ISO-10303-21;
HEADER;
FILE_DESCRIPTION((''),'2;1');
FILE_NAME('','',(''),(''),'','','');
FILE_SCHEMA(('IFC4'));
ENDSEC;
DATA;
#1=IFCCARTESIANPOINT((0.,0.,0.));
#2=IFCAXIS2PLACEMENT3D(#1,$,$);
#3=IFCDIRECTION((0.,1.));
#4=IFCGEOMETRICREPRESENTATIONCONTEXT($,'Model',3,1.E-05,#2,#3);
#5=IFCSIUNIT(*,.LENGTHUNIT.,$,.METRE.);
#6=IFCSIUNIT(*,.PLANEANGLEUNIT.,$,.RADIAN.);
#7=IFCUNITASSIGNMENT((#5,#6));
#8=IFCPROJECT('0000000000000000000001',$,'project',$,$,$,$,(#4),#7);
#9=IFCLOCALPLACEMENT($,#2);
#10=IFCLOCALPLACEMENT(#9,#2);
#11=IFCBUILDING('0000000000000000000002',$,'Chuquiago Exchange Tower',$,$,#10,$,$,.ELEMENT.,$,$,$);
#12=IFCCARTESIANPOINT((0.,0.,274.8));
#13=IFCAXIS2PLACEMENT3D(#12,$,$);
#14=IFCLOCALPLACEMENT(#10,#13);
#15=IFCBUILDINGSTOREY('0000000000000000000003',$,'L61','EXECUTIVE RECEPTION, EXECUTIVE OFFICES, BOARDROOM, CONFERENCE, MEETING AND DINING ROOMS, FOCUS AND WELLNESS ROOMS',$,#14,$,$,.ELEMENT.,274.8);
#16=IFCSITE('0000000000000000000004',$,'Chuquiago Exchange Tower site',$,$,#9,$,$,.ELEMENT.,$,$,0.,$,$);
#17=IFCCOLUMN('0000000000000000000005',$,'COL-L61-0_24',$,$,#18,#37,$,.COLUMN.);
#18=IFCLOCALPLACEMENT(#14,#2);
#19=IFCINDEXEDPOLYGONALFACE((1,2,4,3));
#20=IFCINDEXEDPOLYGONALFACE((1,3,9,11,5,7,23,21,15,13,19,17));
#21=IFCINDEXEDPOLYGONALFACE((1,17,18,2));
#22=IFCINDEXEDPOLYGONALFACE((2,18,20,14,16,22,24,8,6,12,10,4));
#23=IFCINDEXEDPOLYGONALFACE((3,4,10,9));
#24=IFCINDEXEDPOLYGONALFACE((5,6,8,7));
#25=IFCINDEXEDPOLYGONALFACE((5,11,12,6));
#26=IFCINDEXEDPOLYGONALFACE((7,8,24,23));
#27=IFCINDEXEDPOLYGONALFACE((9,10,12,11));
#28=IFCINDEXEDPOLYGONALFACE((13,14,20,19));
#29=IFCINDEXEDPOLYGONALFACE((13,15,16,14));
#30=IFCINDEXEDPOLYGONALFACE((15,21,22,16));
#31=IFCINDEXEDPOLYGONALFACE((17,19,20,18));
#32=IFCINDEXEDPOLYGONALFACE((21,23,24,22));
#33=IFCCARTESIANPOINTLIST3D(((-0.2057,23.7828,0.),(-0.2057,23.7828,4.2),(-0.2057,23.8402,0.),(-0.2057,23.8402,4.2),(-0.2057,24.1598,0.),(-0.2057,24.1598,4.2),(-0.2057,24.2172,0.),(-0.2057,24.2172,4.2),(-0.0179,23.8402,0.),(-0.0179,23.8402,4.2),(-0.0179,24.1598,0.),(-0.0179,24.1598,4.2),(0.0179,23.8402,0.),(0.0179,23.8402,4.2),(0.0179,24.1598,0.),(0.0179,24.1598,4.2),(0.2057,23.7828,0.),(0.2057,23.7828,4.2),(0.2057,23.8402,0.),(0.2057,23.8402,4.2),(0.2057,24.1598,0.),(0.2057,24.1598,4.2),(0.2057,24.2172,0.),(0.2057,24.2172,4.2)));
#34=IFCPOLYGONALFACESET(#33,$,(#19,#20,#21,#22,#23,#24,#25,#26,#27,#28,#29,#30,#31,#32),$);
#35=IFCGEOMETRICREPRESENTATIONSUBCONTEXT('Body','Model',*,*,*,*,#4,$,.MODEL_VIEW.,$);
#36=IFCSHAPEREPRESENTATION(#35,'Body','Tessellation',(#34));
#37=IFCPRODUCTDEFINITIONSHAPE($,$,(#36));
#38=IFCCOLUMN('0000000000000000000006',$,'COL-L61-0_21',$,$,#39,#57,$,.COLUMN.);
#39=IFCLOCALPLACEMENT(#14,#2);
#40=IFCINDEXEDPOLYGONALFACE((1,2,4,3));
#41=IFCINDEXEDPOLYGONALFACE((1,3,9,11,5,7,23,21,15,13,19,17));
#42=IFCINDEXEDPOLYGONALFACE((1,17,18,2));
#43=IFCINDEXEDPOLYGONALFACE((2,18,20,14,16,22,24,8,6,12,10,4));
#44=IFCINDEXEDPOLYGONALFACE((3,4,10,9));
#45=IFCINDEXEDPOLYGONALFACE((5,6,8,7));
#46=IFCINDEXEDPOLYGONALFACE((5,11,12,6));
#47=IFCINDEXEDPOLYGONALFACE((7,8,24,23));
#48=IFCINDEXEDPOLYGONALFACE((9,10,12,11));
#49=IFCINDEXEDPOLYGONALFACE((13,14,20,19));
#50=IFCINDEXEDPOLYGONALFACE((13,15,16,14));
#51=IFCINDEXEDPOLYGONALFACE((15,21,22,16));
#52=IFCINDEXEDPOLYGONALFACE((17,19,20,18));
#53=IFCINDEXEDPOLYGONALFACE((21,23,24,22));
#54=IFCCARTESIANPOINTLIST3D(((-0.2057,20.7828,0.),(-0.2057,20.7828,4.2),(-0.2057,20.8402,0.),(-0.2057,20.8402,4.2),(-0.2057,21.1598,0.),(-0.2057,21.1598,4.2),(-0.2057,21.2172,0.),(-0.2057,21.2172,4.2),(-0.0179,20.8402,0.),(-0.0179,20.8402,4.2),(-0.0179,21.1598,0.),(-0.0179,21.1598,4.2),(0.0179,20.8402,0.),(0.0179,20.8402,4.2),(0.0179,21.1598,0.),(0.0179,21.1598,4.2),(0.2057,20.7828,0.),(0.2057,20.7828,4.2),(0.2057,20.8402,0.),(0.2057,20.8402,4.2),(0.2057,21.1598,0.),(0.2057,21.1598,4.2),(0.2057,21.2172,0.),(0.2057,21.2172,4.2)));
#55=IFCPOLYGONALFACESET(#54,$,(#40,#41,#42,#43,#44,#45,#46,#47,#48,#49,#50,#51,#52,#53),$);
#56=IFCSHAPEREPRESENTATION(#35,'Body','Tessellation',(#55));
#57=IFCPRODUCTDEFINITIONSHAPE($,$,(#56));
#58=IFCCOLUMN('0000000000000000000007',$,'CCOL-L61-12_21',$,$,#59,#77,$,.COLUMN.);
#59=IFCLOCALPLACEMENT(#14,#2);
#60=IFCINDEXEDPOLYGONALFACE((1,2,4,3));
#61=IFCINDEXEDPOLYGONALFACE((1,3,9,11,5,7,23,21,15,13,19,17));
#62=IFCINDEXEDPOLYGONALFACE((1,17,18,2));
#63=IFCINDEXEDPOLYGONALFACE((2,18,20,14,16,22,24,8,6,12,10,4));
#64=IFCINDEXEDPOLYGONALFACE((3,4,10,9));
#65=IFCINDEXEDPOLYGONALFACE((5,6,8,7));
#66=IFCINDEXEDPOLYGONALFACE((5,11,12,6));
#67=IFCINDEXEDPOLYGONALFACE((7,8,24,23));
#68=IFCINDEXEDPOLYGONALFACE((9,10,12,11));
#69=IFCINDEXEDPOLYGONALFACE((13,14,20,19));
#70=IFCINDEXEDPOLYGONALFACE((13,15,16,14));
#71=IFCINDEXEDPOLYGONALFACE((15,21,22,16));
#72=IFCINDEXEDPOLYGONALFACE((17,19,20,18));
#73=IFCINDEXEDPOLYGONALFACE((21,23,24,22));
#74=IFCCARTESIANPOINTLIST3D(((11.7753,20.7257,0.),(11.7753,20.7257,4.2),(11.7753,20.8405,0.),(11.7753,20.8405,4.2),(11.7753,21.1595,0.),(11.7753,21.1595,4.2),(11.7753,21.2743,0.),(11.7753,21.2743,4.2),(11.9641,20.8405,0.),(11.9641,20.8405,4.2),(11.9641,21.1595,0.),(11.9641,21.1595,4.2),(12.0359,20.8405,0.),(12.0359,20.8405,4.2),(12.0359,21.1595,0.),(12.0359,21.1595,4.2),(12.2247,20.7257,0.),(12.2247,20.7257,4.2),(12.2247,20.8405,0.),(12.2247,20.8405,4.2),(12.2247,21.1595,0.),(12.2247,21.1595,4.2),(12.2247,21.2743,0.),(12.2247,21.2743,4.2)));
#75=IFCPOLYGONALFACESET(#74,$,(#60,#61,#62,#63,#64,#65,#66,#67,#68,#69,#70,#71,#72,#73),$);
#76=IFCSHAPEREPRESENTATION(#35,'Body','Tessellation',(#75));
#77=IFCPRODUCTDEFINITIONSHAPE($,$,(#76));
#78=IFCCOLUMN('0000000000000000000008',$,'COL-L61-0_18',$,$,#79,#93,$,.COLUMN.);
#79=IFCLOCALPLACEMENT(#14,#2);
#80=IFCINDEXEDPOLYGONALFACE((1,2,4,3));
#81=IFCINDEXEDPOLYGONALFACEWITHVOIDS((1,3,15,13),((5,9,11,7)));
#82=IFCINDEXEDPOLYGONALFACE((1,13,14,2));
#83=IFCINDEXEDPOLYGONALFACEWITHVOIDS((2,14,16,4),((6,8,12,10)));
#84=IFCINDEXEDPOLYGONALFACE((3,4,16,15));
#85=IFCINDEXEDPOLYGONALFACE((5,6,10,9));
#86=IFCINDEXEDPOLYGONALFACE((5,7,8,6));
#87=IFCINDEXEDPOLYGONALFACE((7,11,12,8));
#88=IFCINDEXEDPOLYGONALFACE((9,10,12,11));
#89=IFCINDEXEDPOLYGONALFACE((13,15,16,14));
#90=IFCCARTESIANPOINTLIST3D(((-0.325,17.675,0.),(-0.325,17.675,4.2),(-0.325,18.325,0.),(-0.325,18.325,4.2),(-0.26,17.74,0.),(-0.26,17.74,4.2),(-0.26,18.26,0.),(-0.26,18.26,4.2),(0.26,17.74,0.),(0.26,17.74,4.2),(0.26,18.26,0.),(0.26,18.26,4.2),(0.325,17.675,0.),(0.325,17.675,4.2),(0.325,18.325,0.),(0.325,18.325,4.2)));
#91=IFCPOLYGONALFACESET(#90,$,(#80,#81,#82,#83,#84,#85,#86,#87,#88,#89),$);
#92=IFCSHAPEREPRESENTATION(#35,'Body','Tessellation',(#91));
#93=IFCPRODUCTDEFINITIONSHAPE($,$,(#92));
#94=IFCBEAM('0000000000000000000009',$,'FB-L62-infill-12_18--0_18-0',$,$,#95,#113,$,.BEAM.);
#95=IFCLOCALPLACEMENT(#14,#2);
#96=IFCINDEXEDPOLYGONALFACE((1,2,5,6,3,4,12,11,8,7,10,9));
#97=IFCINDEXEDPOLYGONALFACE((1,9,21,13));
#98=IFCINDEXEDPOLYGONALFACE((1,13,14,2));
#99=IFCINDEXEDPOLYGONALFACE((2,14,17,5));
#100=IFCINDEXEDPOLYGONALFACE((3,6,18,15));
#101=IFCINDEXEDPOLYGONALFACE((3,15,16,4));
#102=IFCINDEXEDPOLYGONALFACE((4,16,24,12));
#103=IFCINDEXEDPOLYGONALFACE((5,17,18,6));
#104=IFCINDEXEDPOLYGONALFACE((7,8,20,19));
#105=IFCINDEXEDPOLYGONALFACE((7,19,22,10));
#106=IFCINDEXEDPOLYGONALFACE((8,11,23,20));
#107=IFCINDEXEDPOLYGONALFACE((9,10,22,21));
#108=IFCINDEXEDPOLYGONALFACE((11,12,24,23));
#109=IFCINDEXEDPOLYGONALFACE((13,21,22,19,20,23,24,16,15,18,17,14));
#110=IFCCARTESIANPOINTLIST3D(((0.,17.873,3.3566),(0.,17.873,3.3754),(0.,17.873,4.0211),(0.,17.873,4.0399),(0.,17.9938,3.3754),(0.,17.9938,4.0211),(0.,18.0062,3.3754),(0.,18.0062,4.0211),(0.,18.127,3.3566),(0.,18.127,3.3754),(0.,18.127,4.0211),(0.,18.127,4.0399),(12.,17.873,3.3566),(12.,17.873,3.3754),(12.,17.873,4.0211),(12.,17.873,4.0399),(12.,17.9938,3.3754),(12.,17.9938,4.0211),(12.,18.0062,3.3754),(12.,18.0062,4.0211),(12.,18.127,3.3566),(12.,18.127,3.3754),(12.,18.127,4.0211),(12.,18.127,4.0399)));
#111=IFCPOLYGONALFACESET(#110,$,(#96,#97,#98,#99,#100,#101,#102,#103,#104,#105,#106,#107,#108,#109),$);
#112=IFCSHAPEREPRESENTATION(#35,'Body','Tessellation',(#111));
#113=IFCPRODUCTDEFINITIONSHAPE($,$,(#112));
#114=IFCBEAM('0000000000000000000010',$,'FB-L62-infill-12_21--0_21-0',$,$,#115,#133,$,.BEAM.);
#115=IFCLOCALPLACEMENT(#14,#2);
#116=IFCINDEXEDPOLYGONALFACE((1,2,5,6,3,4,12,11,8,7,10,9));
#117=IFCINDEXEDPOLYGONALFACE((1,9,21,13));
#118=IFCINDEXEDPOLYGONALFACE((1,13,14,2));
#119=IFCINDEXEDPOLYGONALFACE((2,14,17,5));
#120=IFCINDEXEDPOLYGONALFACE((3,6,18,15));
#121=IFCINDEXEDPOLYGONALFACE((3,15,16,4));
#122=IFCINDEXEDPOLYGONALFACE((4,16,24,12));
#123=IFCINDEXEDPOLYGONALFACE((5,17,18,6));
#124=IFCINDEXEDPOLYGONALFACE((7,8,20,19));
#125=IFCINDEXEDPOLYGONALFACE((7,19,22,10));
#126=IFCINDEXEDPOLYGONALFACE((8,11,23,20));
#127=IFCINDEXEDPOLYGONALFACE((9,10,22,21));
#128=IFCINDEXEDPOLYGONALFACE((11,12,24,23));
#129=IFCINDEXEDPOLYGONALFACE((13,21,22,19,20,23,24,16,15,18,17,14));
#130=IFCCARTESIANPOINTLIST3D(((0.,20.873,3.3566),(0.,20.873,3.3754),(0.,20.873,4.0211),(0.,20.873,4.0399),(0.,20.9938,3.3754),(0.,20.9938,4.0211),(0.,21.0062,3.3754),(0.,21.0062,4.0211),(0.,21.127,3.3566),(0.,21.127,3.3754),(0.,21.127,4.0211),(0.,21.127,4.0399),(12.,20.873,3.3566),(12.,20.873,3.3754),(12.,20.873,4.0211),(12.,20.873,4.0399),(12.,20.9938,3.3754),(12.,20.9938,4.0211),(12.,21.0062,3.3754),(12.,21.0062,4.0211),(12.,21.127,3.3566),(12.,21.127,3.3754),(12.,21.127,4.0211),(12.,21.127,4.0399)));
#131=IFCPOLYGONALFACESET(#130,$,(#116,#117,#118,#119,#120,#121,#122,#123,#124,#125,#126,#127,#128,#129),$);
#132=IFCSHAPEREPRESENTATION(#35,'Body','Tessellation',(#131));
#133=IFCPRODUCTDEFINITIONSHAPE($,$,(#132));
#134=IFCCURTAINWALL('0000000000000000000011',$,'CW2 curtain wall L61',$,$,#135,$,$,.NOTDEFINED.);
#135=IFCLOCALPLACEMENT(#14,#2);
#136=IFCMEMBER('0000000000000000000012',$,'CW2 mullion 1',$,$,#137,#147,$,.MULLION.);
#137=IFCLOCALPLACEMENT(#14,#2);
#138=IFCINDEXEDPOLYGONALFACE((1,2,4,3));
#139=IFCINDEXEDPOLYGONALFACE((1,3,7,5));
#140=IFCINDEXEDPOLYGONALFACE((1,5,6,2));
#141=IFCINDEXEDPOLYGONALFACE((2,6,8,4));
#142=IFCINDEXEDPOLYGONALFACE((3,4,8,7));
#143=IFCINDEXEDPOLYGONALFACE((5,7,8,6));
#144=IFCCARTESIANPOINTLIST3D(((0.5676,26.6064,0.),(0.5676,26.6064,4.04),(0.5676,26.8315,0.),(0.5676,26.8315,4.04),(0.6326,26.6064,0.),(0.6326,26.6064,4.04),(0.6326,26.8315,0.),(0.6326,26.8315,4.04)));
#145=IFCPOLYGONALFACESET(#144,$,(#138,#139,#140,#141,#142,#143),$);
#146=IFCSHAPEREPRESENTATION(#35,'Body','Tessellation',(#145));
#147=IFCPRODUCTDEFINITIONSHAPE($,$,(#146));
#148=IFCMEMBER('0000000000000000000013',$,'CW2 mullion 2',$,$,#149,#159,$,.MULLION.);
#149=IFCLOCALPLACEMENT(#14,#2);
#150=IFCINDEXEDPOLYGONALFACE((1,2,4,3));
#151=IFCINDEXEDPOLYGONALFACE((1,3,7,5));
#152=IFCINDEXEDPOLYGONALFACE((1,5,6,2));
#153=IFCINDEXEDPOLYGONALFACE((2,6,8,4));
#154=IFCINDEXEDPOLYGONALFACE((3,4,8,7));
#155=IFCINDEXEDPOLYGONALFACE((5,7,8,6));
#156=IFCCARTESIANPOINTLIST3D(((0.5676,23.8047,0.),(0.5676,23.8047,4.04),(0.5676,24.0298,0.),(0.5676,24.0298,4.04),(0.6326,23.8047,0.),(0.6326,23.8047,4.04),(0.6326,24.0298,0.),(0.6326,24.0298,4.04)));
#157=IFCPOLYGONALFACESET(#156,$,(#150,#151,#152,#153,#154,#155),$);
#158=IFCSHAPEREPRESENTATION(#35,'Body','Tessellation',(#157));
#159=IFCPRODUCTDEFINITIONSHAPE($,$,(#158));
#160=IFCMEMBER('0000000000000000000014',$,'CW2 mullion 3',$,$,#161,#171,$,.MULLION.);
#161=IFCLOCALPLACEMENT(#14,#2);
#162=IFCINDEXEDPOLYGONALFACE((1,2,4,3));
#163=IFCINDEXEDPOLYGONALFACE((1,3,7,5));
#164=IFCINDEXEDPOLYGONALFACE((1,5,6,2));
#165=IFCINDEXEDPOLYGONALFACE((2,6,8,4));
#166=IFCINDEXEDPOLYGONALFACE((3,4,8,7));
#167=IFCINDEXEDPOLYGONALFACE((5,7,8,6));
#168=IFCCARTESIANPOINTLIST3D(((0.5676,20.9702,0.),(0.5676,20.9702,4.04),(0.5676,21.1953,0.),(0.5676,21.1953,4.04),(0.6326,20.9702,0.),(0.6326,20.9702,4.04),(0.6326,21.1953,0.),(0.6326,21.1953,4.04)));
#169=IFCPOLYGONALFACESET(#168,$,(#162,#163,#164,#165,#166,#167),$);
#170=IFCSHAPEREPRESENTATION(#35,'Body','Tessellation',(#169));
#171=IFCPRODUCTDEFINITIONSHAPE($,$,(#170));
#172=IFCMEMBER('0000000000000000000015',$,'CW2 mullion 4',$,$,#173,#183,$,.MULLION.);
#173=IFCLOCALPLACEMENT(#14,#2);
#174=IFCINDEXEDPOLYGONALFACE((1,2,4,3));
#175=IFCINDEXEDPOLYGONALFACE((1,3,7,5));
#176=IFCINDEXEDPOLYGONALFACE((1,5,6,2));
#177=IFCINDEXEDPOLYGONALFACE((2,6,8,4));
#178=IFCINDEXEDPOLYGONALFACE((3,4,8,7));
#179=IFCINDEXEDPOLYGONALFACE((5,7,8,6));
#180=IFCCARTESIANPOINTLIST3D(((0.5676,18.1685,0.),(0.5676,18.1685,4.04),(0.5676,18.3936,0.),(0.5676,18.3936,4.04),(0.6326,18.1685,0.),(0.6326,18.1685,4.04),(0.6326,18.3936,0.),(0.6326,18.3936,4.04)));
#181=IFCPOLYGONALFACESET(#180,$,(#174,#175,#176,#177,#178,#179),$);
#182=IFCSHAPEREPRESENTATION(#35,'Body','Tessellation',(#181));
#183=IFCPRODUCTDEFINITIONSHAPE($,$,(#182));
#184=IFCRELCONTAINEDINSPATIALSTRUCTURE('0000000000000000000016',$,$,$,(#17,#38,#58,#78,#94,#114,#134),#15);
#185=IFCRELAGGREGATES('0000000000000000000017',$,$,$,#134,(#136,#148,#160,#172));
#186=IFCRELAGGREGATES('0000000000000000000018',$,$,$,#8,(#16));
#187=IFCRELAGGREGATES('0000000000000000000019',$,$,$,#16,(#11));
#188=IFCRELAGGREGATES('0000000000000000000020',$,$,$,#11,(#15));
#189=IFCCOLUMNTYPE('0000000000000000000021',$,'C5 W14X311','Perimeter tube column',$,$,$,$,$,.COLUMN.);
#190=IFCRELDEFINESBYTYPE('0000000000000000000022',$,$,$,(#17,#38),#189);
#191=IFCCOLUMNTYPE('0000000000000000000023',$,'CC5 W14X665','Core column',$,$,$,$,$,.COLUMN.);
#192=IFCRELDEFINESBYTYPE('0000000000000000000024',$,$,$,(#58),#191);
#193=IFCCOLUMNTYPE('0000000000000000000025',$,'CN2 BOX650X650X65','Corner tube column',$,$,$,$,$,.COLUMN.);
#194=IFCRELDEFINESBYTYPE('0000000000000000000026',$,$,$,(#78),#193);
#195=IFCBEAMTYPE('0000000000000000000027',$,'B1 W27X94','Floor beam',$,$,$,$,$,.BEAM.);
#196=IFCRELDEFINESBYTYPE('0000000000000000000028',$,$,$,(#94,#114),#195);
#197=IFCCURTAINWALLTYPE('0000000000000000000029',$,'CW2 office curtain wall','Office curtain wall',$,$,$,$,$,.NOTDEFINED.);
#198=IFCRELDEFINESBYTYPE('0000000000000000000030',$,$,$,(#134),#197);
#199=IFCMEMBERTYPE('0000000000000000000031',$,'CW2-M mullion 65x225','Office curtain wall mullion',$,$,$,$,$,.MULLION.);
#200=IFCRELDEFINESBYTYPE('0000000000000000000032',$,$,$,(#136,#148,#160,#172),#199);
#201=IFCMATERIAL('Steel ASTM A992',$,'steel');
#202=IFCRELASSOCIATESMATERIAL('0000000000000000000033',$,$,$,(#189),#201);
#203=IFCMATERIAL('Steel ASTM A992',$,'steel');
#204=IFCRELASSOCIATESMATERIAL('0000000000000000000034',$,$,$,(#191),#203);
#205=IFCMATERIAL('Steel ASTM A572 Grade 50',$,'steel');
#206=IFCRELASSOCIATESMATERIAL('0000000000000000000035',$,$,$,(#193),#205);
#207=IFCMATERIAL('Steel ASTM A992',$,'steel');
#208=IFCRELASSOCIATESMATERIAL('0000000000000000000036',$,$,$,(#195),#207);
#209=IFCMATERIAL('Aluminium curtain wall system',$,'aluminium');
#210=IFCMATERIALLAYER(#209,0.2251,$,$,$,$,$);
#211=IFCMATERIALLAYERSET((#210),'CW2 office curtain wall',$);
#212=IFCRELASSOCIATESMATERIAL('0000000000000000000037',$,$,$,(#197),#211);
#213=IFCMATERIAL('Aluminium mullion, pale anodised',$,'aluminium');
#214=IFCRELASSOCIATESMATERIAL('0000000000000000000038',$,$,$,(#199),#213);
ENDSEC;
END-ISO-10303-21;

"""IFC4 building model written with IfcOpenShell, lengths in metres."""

from ifc_helpers import new_model, si_unit, direction, frame, origin, origin_2d, place, context, subcontext, project, spatial, rectangle, hollow_rectangle, i_section, extrude, material, layer, layer_set, material_profile, profile_set, type_object, element, aggregate, save


model = new_model("IFC4")

# Units and contexts
model_context = context("Model", 3, precision=1e-05, world=origin(), true_north=direction((0.0, 1.0)))
body_context = subcontext(model_context, "Body", "Model", "MODEL_VIEW")
ifc_project = project(units=[si_unit("LENGTHUNIT", "METRE"), si_unit("PLANEANGLEUNIT", "RADIAN")], contexts=[model_context])

# Site, building, storey
site_placement = place(None, origin())
site = spatial("IfcSite", under=ifc_project, at=site_placement, Name="Chuquiago Exchange Tower site", CompositionType="ELEMENT", RefElevation=0.0)
building_placement = place(site_placement, origin())
building = spatial("IfcBuilding", under=site, at=building_placement, Name="Chuquiago Exchange Tower", CompositionType="ELEMENT")
storey_placement = place(building_placement, frame((0.0, 0.0, 274.8)))
storey = spatial("IfcBuildingStorey", under=building, at=storey_placement, Name="L61", Description="EXECUTIVE RECEPTION, EXECUTIVE OFFICES, BOARDROOM, CONFERENCE, MEETING AND DINING ROOMS, FOCUS AND WELLNESS ROOMS", CompositionType="ELEMENT", Elevation=274.8)

# Columns
ifc_material_1 = material(Name="Steel ASTM A992", Category="steel")
ifc_material_profile_1 = material_profile(ifc_material_1, i_section(OverallWidth=0.4114, OverallDepth=0.4343, WebThickness=0.0359, FlangeThickness=0.0574, at=origin_2d()), Name="W14X311")
ifc_profile_set_1 = profile_set([ifc_material_profile_1], Name="Steel ASTM A992")
column_type_1 = type_object("IfcColumnType", Name="C5 W14X311", Description="Perimeter tube column", PredefinedType="COLUMN", material=ifc_profile_set_1)
for number, where, z_axis, x_axis, name in (
    (1, (0.0, 24.0, 0.0), (0.0, 0.0, 1.0), (-1.0, 0.0, 0.0), "COL-L61-0_24"),
    (2, (0.0, 21.0, 0.0), (0.0, 0.0, 1.0), (-1.0, 0.0, 0.0), "COL-L61-0_21"),
):
    element("IfcColumn", number, at=place(storey_placement, frame(where, z_axis=z_axis, x_axis=x_axis)), inside=storey, type_object=column_type_1, Name=name, PredefinedType="COLUMN", context=body_context, shape_type="SweptSolid", body=[
        extrude(i_section(OverallWidth=0.4114, OverallDepth=0.4343, WebThickness=0.0359, FlangeThickness=0.0574, at=origin_2d()), origin(), (0.0, 0.0, 1.0), 4.2),
    ])
ifc_material_2 = material(Name="Steel ASTM A992", Category="steel")
ifc_material_profile_2 = material_profile(ifc_material_2, i_section(OverallWidth=0.4495, OverallDepth=0.5486, WebThickness=0.0718, FlangeThickness=0.1147, at=origin_2d()), Name="W14X665")
ifc_profile_set_2 = profile_set([ifc_material_profile_2], Name="Steel ASTM A992")
column_type_2 = type_object("IfcColumnType", Name="CC5 W14X665", Description="Core column", PredefinedType="COLUMN", material=ifc_profile_set_2)
column_1_placement = place(storey_placement, frame((12.0, 21.0, 0.0), z_axis=(0.0, 0.0, 1.0), x_axis=(1.0, 0.0, 0.0)))
element("IfcColumn", 3, at=column_1_placement, inside=storey, type_object=column_type_2, Name="CCOL-L61-12_21", PredefinedType="COLUMN", context=body_context, shape_type="SweptSolid", body=[
    extrude(i_section(OverallWidth=0.4495, OverallDepth=0.5486, WebThickness=0.0718, FlangeThickness=0.1147, at=origin_2d()), origin(), (0.0, 0.0, 1.0), 4.2),
])
ifc_material_3 = material(Name="Steel ASTM A572 Grade 50", Category="steel")
ifc_material_profile_3 = material_profile(ifc_material_3, hollow_rectangle(XDim=0.6499, YDim=0.6499, WallThickness=0.0649, at=origin_2d()), Name="BOX650X650X65")
ifc_profile_set_3 = profile_set([ifc_material_profile_3], Name="Steel ASTM A572 Grade 50")
column_type_3 = type_object("IfcColumnType", Name="CN2 BOX650X650X65", Description="Corner tube column", PredefinedType="COLUMN", material=ifc_profile_set_3)
column_2_placement = place(storey_placement, frame((0.0, 18.0, 0.0), z_axis=(0.0, 0.0, 1.0), x_axis=(-1.0, 0.0, 0.0)))
element("IfcColumn", 4, at=column_2_placement, inside=storey, type_object=column_type_3, Name="COL-L61-0_18", PredefinedType="COLUMN", context=body_context, shape_type="SweptSolid", body=[
    extrude(hollow_rectangle(XDim=0.6499, YDim=0.6499, WallThickness=0.0649, at=origin_2d()), origin(), (0.0, 0.0, 1.0), 4.2),
])

# Beams
ifc_material_4 = material(Name="Steel ASTM A992", Category="steel")
ifc_material_profile_4 = material_profile(ifc_material_4, i_section(OverallWidth=0.2539, OverallDepth=0.6833, WebThickness=0.0125, FlangeThickness=0.0188, at=origin_2d()), Name="W27X94")
ifc_profile_set_4 = profile_set([ifc_material_profile_4], Name="Steel ASTM A992")
beam_type_1 = type_object("IfcBeamType", Name="B1 W27X94", Description="Floor beam", PredefinedType="BEAM", material=ifc_profile_set_4)
for number, where, z_axis, x_axis, name in (
    (5, (12.0, 18.0, 3.6982), (-1.0, 0.0, 0.0), (0.0, -1.0, 0.0), "FB-L62-infill-12_18--0_18-0"),
    (6, (12.0, 21.0, 3.6982), (-1.0, 0.0, 0.0), (0.0, -1.0, 0.0), "FB-L62-infill-12_21--0_21-0"),
):
    element("IfcBeam", number, at=place(storey_placement, frame(where, z_axis=z_axis, x_axis=x_axis)), inside=storey, type_object=beam_type_1, Name=name, PredefinedType="BEAM", context=body_context, shape_type="SweptSolid", body=[
        extrude(i_section(OverallWidth=0.2539, OverallDepth=0.6833, WebThickness=0.0125, FlangeThickness=0.0188, at=origin_2d()), origin(), (0.0, 0.0, 1.0), 12.0),
    ])

# Curtain wall, members
ifc_material_5 = material(Name="Aluminium curtain wall system", Category="aluminium")
ifc_layer_1 = layer(ifc_material_5, 0.2251)
ifc_layer_set_1 = layer_set([ifc_layer_1], Name="CW2 office curtain wall")
curtain_wall_type_1 = type_object("IfcCurtainWallType", Name="CW2 office curtain wall", Description="Office curtain wall", PredefinedType="NOTDEFINED", material=ifc_layer_set_1)
curtain_wall_1_placement = place(storey_placement, origin())
curtain_wall_1 = element("IfcCurtainWall", 7, at=curtain_wall_1_placement, inside=storey, type_object=curtain_wall_type_1, Name="CW2 curtain wall L61", PredefinedType="NOTDEFINED")
ifc_material_6 = material(Name="Aluminium mullion, pale anodised", Category="aluminium")
ifc_material_profile_5 = material_profile(ifc_material_6, rectangle(XDim=0.0649, YDim=0.2251, at=origin_2d()), Name="AL 65x225")
ifc_profile_set_5 = profile_set([ifc_material_profile_5], Name="Aluminium mullion, pale anodised")
member_type_1 = type_object("IfcMemberType", Name="CW2-M mullion 65x225", Description="Office curtain wall mullion", PredefinedType="MULLION", material=ifc_profile_set_5)
member_1_placement = place(storey_placement, frame((0.6001, 26.719, 0.0), z_axis=(0.0, 0.0, 1.0), x_axis=(1.0, 0.0, 0.0)))
member_1 = element("IfcMember", 8, at=member_1_placement, type_object=member_type_1, Name="CW2 mullion 1", PredefinedType="MULLION", context=body_context, shape_type="SweptSolid", body=[
    extrude(rectangle(XDim=0.0649, YDim=0.2251, at=origin_2d()), origin(), (0.0, 0.0, 1.0), 4.04),
])
member_2_placement = place(storey_placement, frame((0.6001, 23.9172, 0.0), z_axis=(0.0, 0.0, 1.0), x_axis=(1.0, 0.0, 0.0)))
member_2 = element("IfcMember", 9, at=member_2_placement, type_object=member_type_1, Name="CW2 mullion 2", PredefinedType="MULLION", context=body_context, shape_type="SweptSolid", body=[
    extrude(rectangle(XDim=0.0649, YDim=0.2251, at=origin_2d()), origin(), (0.0, 0.0, 1.0), 4.04),
])
member_3_placement = place(storey_placement, frame((0.6001, 21.0828, 0.0), z_axis=(0.0, 0.0, 1.0), x_axis=(1.0, 0.0, 0.0)))
member_3 = element("IfcMember", 10, at=member_3_placement, type_object=member_type_1, Name="CW2 mullion 3", PredefinedType="MULLION", context=body_context, shape_type="SweptSolid", body=[
    extrude(rectangle(XDim=0.0649, YDim=0.2251, at=origin_2d()), origin(), (0.0, 0.0, 1.0), 4.04),
])
member_4_placement = place(storey_placement, frame((0.6001, 18.281, 0.0), z_axis=(0.0, 0.0, 1.0), x_axis=(1.0, 0.0, 0.0)))
member_4 = element("IfcMember", 11, at=member_4_placement, type_object=member_type_1, Name="CW2 mullion 4", PredefinedType="MULLION", context=body_context, shape_type="SweptSolid", body=[
    extrude(rectangle(XDim=0.0649, YDim=0.2251, at=origin_2d()), origin(), (0.0, 0.0, 1.0), 4.04),
])

aggregate(curtain_wall_1, [member_1, member_2, member_3, member_4])

save(model, "model.ifc")
